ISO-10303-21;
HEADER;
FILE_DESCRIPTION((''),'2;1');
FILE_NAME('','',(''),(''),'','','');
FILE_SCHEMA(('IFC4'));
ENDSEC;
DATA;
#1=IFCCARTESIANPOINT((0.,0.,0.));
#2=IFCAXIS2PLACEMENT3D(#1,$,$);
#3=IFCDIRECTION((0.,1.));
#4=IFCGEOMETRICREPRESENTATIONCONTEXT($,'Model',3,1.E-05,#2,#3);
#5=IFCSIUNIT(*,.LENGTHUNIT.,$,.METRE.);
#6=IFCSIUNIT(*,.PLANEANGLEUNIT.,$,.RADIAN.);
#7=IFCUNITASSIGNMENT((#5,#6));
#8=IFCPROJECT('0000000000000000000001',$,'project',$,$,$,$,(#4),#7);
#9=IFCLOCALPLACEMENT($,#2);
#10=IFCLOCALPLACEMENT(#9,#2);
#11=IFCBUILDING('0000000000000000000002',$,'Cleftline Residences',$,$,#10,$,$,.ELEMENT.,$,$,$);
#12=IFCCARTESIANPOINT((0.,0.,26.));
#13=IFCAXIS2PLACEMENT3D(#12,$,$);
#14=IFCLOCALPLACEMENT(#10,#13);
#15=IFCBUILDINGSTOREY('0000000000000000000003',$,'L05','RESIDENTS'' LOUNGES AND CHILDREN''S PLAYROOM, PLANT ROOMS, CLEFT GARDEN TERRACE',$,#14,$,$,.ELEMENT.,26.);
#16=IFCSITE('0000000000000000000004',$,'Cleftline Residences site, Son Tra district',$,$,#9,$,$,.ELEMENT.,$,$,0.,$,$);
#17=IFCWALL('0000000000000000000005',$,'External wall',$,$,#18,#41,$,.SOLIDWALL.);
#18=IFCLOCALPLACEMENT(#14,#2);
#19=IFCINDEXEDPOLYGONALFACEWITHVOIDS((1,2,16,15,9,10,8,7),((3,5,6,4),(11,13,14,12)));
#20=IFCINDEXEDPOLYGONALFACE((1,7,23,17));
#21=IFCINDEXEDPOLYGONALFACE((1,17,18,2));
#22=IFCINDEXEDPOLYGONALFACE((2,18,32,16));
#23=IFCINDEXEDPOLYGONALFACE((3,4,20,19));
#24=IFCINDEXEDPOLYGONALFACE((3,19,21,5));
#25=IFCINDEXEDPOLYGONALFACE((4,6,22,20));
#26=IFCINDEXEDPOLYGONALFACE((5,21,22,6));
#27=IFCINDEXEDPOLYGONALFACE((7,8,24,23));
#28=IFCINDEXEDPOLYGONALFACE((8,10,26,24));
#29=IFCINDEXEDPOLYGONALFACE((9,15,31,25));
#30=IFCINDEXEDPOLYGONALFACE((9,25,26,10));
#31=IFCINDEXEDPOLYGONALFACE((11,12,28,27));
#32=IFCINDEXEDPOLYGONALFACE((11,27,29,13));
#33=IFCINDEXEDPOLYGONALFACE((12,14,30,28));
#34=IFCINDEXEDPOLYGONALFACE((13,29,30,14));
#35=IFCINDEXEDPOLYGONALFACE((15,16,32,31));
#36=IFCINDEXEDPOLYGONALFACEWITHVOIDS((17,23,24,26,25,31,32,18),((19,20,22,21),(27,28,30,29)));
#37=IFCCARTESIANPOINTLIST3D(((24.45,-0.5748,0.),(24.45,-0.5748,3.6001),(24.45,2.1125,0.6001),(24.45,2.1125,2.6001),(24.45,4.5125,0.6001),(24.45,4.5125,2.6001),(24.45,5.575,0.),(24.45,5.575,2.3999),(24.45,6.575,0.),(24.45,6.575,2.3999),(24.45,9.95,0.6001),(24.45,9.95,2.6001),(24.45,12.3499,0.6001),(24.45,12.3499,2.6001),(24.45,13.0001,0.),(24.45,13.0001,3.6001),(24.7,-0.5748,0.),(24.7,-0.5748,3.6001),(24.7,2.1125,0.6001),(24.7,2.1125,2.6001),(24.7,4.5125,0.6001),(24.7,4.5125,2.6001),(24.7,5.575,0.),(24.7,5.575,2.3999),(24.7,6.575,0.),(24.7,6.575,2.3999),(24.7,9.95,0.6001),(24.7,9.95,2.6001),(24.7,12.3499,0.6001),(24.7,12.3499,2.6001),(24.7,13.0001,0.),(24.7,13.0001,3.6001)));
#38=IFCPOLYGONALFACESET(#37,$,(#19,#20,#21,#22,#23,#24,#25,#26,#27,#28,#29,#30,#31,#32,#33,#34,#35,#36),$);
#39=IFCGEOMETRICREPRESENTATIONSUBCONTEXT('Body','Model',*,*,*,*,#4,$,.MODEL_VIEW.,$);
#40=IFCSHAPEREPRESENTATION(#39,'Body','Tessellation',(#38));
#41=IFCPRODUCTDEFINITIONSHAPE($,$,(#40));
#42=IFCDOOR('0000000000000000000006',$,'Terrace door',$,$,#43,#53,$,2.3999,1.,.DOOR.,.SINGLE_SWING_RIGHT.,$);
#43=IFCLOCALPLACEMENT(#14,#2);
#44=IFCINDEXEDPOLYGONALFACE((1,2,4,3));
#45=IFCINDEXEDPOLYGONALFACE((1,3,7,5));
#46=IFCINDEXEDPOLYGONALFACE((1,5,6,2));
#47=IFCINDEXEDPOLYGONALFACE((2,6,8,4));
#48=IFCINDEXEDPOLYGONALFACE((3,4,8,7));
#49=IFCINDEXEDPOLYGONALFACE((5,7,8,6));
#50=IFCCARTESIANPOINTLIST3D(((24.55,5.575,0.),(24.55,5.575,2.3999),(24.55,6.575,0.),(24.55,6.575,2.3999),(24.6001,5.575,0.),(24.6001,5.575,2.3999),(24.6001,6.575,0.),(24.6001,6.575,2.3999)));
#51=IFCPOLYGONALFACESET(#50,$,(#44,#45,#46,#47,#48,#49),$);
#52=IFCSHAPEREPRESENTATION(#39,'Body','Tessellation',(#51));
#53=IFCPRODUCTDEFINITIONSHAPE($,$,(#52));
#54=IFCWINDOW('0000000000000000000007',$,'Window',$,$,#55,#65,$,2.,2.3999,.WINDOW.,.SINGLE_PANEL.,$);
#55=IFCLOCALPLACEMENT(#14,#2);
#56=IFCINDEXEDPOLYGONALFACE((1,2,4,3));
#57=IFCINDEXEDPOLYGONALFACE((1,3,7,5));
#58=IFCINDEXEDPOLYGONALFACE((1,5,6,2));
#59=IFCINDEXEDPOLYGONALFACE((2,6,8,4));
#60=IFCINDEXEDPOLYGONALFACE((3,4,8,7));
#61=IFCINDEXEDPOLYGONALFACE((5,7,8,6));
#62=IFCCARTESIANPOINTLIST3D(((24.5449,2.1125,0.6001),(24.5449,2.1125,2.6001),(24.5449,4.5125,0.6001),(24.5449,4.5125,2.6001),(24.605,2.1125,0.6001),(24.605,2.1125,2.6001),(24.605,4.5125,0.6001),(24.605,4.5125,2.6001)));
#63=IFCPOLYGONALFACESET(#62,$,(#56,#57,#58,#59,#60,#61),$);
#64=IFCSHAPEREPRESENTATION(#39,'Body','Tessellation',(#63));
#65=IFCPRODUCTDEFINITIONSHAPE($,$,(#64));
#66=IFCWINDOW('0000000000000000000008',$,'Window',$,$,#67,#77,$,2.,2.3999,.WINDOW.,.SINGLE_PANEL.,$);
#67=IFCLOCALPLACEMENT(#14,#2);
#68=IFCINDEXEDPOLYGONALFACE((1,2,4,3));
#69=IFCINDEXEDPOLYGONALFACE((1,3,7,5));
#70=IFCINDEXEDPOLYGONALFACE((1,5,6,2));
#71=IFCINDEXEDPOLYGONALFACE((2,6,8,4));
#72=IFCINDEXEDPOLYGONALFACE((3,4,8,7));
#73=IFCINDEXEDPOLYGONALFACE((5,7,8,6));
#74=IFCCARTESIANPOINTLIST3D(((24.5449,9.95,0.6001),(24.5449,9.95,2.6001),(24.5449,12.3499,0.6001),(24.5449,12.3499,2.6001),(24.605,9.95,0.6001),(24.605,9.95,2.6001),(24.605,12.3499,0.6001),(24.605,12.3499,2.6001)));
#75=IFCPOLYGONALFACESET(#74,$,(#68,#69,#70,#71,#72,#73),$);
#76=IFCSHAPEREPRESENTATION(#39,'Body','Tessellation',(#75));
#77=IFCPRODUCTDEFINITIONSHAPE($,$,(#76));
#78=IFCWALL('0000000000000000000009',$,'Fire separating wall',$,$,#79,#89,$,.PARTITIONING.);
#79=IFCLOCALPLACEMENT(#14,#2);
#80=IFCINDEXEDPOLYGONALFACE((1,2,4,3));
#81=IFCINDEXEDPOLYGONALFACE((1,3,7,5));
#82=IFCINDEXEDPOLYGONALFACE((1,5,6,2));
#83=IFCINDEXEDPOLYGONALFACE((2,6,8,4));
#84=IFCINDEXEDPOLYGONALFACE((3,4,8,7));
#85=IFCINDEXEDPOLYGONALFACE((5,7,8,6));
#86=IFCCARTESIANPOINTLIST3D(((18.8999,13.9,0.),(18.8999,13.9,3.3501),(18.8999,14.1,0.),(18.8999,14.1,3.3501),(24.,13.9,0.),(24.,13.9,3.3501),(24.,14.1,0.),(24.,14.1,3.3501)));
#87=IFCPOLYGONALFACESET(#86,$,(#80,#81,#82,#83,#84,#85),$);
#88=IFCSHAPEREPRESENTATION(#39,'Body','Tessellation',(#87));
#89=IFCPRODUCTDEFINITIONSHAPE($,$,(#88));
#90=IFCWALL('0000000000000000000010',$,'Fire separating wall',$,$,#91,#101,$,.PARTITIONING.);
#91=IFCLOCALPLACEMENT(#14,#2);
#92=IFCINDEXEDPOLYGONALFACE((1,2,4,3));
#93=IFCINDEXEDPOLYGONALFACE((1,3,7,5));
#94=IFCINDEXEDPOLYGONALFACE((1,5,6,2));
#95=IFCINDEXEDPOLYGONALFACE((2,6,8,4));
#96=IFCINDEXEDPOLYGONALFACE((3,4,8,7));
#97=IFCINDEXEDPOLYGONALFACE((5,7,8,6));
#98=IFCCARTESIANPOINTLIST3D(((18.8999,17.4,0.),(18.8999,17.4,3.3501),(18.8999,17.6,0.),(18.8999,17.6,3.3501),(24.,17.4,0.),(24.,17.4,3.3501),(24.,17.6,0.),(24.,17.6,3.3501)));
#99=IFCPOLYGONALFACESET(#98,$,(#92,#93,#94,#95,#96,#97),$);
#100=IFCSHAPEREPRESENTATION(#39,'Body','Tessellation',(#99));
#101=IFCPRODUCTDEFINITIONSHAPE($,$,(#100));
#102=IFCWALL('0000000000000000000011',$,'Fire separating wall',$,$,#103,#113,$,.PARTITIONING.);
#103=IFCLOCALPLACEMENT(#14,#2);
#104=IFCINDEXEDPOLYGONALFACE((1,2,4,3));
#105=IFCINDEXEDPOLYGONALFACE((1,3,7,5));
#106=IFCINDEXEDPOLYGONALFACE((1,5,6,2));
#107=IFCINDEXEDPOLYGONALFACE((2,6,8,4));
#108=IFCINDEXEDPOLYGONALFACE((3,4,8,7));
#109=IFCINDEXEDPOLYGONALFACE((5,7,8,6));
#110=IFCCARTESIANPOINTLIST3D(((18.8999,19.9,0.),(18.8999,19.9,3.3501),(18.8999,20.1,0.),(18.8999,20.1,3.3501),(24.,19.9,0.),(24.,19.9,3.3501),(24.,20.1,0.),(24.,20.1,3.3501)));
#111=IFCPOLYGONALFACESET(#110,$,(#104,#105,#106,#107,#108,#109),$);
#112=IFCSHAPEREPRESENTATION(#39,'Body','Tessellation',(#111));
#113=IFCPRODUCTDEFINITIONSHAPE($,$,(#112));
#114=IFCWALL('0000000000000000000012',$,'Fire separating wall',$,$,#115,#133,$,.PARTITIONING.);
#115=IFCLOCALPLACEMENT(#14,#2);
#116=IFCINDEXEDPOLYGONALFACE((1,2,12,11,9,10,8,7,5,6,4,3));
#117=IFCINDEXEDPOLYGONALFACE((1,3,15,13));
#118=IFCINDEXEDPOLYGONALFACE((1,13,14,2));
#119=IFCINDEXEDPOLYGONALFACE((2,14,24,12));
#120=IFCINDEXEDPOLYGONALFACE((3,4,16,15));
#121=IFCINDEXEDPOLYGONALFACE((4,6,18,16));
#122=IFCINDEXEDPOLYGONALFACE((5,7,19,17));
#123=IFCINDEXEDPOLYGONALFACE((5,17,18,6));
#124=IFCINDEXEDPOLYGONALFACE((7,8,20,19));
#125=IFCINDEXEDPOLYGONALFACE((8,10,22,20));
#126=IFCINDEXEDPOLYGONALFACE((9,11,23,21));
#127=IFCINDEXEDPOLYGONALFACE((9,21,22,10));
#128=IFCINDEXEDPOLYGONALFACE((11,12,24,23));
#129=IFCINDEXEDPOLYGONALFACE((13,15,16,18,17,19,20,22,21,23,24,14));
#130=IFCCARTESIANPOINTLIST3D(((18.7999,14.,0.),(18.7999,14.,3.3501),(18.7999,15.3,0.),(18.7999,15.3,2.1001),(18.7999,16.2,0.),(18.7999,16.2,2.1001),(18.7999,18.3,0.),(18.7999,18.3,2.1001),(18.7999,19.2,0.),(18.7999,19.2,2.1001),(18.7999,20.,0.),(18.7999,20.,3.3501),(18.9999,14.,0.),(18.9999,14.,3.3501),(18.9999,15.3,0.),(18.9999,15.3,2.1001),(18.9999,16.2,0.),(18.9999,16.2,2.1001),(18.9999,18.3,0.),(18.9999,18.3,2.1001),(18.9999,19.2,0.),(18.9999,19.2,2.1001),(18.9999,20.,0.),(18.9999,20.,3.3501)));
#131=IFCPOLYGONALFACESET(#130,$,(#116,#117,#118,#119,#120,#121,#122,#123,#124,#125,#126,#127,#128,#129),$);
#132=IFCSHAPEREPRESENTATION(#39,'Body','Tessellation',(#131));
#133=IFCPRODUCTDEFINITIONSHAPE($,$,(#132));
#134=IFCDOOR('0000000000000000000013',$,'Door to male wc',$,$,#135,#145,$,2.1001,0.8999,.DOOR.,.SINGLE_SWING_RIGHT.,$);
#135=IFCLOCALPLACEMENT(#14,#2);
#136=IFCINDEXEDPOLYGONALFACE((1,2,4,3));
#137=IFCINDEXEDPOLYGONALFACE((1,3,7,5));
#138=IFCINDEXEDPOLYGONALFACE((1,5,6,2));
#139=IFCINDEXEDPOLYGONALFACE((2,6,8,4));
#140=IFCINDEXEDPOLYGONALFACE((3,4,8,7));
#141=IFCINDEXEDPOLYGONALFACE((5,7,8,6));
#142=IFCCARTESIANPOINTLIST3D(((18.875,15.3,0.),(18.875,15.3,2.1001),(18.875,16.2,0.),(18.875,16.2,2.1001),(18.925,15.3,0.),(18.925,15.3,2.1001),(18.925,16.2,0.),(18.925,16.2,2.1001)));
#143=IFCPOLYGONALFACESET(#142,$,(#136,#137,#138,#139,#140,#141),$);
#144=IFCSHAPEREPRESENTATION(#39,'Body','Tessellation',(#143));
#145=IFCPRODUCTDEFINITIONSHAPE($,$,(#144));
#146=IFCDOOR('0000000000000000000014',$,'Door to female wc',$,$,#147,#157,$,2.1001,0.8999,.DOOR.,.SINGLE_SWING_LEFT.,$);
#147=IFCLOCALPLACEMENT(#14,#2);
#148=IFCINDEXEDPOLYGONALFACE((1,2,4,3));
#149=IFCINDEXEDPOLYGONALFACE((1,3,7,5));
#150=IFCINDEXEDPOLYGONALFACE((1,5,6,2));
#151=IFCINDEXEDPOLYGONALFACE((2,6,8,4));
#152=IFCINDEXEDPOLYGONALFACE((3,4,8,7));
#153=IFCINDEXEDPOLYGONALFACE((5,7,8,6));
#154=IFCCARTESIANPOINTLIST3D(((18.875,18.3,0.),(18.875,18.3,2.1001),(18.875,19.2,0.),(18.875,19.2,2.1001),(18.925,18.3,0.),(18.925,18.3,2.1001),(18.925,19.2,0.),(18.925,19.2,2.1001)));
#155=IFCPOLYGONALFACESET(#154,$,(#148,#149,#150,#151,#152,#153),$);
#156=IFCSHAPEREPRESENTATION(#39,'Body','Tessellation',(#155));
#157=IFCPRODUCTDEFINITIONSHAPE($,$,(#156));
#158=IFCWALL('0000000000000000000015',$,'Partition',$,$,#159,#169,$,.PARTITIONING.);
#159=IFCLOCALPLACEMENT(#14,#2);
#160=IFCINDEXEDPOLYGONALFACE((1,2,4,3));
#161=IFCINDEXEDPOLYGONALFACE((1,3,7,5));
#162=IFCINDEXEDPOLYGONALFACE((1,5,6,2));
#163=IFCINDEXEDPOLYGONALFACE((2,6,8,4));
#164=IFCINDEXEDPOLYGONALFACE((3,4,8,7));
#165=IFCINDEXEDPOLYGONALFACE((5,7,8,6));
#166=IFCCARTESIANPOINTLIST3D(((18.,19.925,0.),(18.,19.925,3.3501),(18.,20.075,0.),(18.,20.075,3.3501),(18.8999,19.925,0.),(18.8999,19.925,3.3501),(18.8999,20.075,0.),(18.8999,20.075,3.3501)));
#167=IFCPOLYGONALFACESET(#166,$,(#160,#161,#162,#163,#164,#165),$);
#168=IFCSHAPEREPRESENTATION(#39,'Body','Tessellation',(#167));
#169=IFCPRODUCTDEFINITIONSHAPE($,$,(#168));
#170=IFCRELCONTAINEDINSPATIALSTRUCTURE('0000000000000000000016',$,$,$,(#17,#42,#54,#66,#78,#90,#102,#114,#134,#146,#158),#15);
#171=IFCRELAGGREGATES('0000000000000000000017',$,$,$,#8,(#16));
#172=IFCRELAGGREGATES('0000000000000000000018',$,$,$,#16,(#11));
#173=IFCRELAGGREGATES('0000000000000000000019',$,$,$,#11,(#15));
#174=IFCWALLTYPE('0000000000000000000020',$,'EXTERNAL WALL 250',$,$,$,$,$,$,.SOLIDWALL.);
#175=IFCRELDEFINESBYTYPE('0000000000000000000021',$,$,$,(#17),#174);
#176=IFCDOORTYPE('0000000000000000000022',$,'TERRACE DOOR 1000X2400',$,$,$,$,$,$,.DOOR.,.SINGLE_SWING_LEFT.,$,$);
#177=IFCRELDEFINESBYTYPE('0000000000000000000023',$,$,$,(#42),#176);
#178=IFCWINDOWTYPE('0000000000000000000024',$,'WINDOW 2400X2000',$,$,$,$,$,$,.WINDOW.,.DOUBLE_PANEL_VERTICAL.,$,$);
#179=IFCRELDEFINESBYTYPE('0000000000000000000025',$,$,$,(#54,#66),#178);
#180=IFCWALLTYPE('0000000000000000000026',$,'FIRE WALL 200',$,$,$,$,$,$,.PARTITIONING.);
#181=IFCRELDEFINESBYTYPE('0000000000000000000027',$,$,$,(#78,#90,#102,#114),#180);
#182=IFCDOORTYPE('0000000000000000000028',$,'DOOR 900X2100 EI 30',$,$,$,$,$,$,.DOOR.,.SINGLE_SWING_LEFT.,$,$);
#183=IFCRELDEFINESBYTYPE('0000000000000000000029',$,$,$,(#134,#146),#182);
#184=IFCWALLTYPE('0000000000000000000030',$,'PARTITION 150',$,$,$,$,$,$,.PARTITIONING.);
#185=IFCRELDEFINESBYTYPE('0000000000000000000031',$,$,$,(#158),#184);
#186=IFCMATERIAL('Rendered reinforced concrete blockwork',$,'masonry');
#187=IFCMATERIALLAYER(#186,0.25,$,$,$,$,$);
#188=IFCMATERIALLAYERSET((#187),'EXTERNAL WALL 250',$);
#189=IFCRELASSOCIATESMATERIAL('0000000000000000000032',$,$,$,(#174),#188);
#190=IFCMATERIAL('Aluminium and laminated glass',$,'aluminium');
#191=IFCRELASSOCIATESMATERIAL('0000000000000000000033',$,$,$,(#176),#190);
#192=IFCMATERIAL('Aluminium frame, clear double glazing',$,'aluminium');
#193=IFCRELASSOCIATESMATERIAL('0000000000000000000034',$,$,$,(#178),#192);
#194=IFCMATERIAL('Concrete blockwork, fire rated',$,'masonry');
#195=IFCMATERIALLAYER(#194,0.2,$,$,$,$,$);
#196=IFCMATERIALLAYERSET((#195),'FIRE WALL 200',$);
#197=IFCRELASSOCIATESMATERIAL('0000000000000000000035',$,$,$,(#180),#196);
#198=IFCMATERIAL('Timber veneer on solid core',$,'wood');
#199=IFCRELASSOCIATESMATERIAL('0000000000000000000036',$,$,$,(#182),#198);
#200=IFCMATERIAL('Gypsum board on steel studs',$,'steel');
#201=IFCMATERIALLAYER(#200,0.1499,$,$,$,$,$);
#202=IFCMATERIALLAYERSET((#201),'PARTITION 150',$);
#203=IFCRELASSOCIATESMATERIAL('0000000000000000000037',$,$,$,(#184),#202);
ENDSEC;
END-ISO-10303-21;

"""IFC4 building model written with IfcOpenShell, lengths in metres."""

from ifc_helpers import new_model, si_unit, direction, frame, frame_2d, origin, place, context, subcontext, project, spatial, rectangle, extrude, material, layer, layer_set, type_object, element, fill, save


model = new_model("IFC4")

# Units and contexts
model_context = context("Model", 3, precision=1e-05, world=origin(), true_north=direction((0.0, 1.0)))
body_context = subcontext(model_context, "Body", "Model", "MODEL_VIEW")
ifc_project = project(units=[si_unit("LENGTHUNIT", "METRE"), si_unit("PLANEANGLEUNIT", "RADIAN")], contexts=[model_context])

# Site, building, storey
site_placement = place(None, origin())
site = spatial("IfcSite", under=ifc_project, at=site_placement, Name="Cleftline Residences site, Son Tra district", CompositionType="ELEMENT", RefElevation=0.0)
building_placement = place(site_placement, origin())
building = spatial("IfcBuilding", under=site, at=building_placement, Name="Cleftline Residences", CompositionType="ELEMENT")
storey_placement = place(building_placement, frame((0.0, 0.0, 26.0)))
storey = spatial("IfcBuildingStorey", under=building, at=storey_placement, Name="L05", Description="RESIDENTS' LOUNGES AND CHILDREN'S PLAYROOM, PLANT ROOMS, CLEFT GARDEN TERRACE", CompositionType="ELEMENT", Elevation=26.0)

# Wall, openings, door, windows
ifc_material_1 = material(Name="Rendered reinforced concrete blockwork", Category="masonry")
ifc_layer_1 = layer(ifc_material_1, 0.25)
ifc_layer_set_1 = layer_set([ifc_layer_1], Name="EXTERNAL WALL 250")
wall_type_1 = type_object("IfcWallType", Name="EXTERNAL WALL 250", PredefinedType="SOLIDWALL", material=ifc_layer_set_1)
wall_1_placement = place(storey_placement, frame((24.575, -0.575, 0.0), z_axis=(0.0, 0.0, 1.0), x_axis=(0.0, 1.0, 0.0)))
wall_1 = element("IfcWall", 1, at=wall_1_placement, inside=storey, type_object=wall_type_1, Name="External wall", PredefinedType="SOLIDWALL", context=body_context, shape_type="SweptSolid", body=[
    extrude(rectangle(XDim=13.575, YDim=0.25, at=frame_2d((6.7876, 0.0))), origin(), (0.0, 0.0, 1.0), 3.6001),
])
opening_1_placement = place(wall_1_placement, frame((6.1499, 0.0, 0.0)))
opening_1 = element("IfcOpeningElement", 2, at=opening_1_placement, cuts=wall_1, PredefinedType="OPENING", context=body_context, shape_type="SweptSolid", body=[
    extrude(rectangle(XDim=1.0, YDim=2.3999, at=frame_2d((0.5, 1.2))), frame((0.0, 0.135, 0.0), z_axis=(0.0, -1.0, 0.0), x_axis=(1.0, 0.0, 0.0)), (0.0, 0.0, 1.0), 0.27),
])
opening_2_placement = place(wall_1_placement, frame((2.6875, 0.0, 0.6001)))
opening_2 = element("IfcOpeningElement", 3, at=opening_2_placement, cuts=wall_1, PredefinedType="OPENING", context=body_context, shape_type="SweptSolid", body=[
    extrude(rectangle(XDim=2.3999, YDim=2.0, at=frame_2d((1.2, 1.0))), frame((0.0, 0.135, 0.0), z_axis=(0.0, -1.0, 0.0), x_axis=(1.0, 0.0, 0.0)), (0.0, 0.0, 1.0), 0.27),
])
opening_3_placement = place(wall_1_placement, frame((10.5249, 0.0, 0.6001)))
opening_3 = element("IfcOpeningElement", 4, at=opening_3_placement, cuts=wall_1, PredefinedType="OPENING", context=body_context, shape_type="SweptSolid", body=[
    extrude(rectangle(XDim=2.3999, YDim=2.0, at=frame_2d((1.2, 1.0))), frame((0.0, 0.135, 0.0), z_axis=(0.0, -1.0, 0.0), x_axis=(1.0, 0.0, 0.0)), (0.0, 0.0, 1.0), 0.27),
])
ifc_material_2 = material(Name="Aluminium and laminated glass", Category="aluminium")
door_type_1 = type_object("IfcDoorType", Name="TERRACE DOOR 1000X2400", OperationType="SINGLE_SWING_LEFT", PredefinedType="DOOR", material=ifc_material_2)
door_1_placement = place(opening_1_placement, origin())
door_1 = element("IfcDoor", 5, at=door_1_placement, inside=storey, type_object=door_type_1, Name="Terrace door", OperationType="SINGLE_SWING_RIGHT", OverallHeight=2.3999, OverallWidth=1.0, PredefinedType="DOOR", context=body_context, shape_type="SweptSolid", body=[
    extrude(rectangle(XDim=1.0, YDim=2.3999, at=frame_2d((0.5, 1.2))), frame((0.0, 0.0249, 0.0), z_axis=(0.0, -1.0, 0.0), x_axis=(1.0, 0.0, 0.0)), (0.0, 0.0, 1.0), 0.05),
])
fill(opening_1, door_1)
ifc_material_3 = material(Name="Aluminium frame, clear double glazing", Category="aluminium")
window_type = type_object("IfcWindowType", Name="WINDOW 2400X2000", PartitioningType="DOUBLE_PANEL_VERTICAL", PredefinedType="WINDOW", material=ifc_material_3)
window_1_placement = place(opening_2_placement, origin())
window_1 = element("IfcWindow", 6, at=window_1_placement, inside=storey, type_object=window_type, Name="Window", OverallHeight=2.0, OverallWidth=2.3999, PartitioningType="SINGLE_PANEL", PredefinedType="WINDOW", context=body_context, shape_type="SweptSolid", body=[
    extrude(rectangle(XDim=2.3999, YDim=2.0, at=frame_2d((1.2, 1.0))), frame((0.0, 0.03, 0.0), z_axis=(0.0, -1.0, 0.0), x_axis=(1.0, 0.0, 0.0)), (0.0, 0.0, 1.0), 0.0601),
])
fill(opening_2, window_1)
window_2_placement = place(opening_3_placement, origin())
window_2 = element("IfcWindow", 7, at=window_2_placement, inside=storey, type_object=window_type, Name="Window", OverallHeight=2.0, OverallWidth=2.3999, PartitioningType="SINGLE_PANEL", PredefinedType="WINDOW", context=body_context, shape_type="SweptSolid", body=[
    extrude(rectangle(XDim=2.3999, YDim=2.0, at=frame_2d((1.2, 1.0))), frame((0.0, 0.03, 0.0), z_axis=(0.0, -1.0, 0.0), x_axis=(1.0, 0.0, 0.0)), (0.0, 0.0, 1.0), 0.0601),
])
fill(opening_3, window_2)

# Walls
ifc_material_4 = material(Name="Concrete blockwork, fire rated", Category="masonry")
ifc_layer_2 = layer(ifc_material_4, 0.2)
ifc_layer_set_2 = layer_set([ifc_layer_2], Name="FIRE WALL 200")
wall_type_2 = type_object("IfcWallType", Name="FIRE WALL 200", PredefinedType="PARTITIONING", material=ifc_layer_set_2)
for number, where, z_axis, x_axis, name in (
    (8, (18.8999, 14.0, 0.0), (0.0, 0.0, 1.0), (1.0, 0.0, 0.0), "Fire separating wall"),
    (9, (18.8999, 17.5, 0.0), (0.0, 0.0, 1.0), (1.0, 0.0, 0.0), "Fire separating wall"),
    (10, (18.8999, 20.0, 0.0), (0.0, 0.0, 1.0), (1.0, 0.0, 0.0), "Fire separating wall"),
):
    element("IfcWall", number, at=place(storey_placement, frame(where, z_axis=z_axis, x_axis=x_axis)), inside=storey, type_object=wall_type_2, Name=name, PredefinedType="PARTITIONING", context=body_context, shape_type="SweptSolid", body=[
        extrude(rectangle(XDim=5.1001, YDim=0.2, at=frame_2d((2.55, 0.0))), origin(), (0.0, 0.0, 1.0), 3.3501),
    ])

# Wall, openings, doors
wall_2_placement = place(storey_placement, frame((18.8999, 14.0, 0.0), z_axis=(0.0, 0.0, 1.0), x_axis=(0.0, 1.0, 0.0)))
wall_2 = element("IfcWall", 11, at=wall_2_placement, inside=storey, type_object=wall_type_2, Name="Fire separating wall", PredefinedType="PARTITIONING", context=body_context, shape_type="SweptSolid", body=[
    extrude(rectangle(XDim=6.0, YDim=0.2, at=frame_2d((3.0, 0.0))), origin(), (0.0, 0.0, 1.0), 3.3501),
])
opening_4_placement = place(wall_2_placement, frame((1.3, 0.0, 0.0)))
opening_4 = element("IfcOpeningElement", 12, at=opening_4_placement, cuts=wall_2, PredefinedType="OPENING", context=body_context, shape_type="SweptSolid", body=[
    extrude(rectangle(XDim=0.8999, YDim=2.1001, at=frame_2d((0.45, 1.05))), frame((0.0, 0.1099, 0.0), z_axis=(0.0, -1.0, 0.0), x_axis=(1.0, 0.0, 0.0)), (0.0, 0.0, 1.0), 0.22),
])
opening_5_placement = place(wall_2_placement, frame((4.3, 0.0, 0.0)))
opening_5 = element("IfcOpeningElement", 13, at=opening_5_placement, cuts=wall_2, PredefinedType="OPENING", context=body_context, shape_type="SweptSolid", body=[
    extrude(rectangle(XDim=0.8999, YDim=2.1001, at=frame_2d((0.45, 1.05))), frame((0.0, 0.1099, 0.0), z_axis=(0.0, -1.0, 0.0), x_axis=(1.0, 0.0, 0.0)), (0.0, 0.0, 1.0), 0.22),
])
ifc_material_5 = material(Name="Timber veneer on solid core", Category="wood")
door_type_2 = type_object("IfcDoorType", Name="DOOR 900X2100 EI 30", OperationType="SINGLE_SWING_LEFT", PredefinedType="DOOR", material=ifc_material_5)
door_2_placement = place(opening_4_placement, origin())
door_2 = element("IfcDoor", 14, at=door_2_placement, inside=storey, type_object=door_type_2, Name="Door to male wc", OperationType="SINGLE_SWING_RIGHT", OverallHeight=2.1001, OverallWidth=0.8999, PredefinedType="DOOR", context=body_context, shape_type="SweptSolid", body=[
    extrude(rectangle(XDim=0.8999, YDim=2.1001, at=frame_2d((0.45, 1.05))), frame((0.0, 0.0249, 0.0), z_axis=(0.0, -1.0, 0.0), x_axis=(1.0, 0.0, 0.0)), (0.0, 0.0, 1.0), 0.05),
])
fill(opening_4, door_2)
door_3_placement = place(opening_5_placement, origin())
door_3 = element("IfcDoor", 15, at=door_3_placement, inside=storey, type_object=door_type_2, Name="Door to female wc", OperationType="SINGLE_SWING_LEFT", OverallHeight=2.1001, OverallWidth=0.8999, PredefinedType="DOOR", context=body_context, shape_type="SweptSolid", body=[
    extrude(rectangle(XDim=0.8999, YDim=2.1001, at=frame_2d((0.45, 1.05))), frame((0.0, 0.0249, 0.0), z_axis=(0.0, -1.0, 0.0), x_axis=(1.0, 0.0, 0.0)), (0.0, 0.0, 1.0), 0.05),
])
fill(opening_5, door_3)

# Wall
ifc_material_6 = material(Name="Gypsum board on steel studs", Category="steel")
ifc_layer_3 = layer(ifc_material_6, 0.1499)
ifc_layer_set_3 = layer_set([ifc_layer_3], Name="PARTITION 150")
wall_type_3 = type_object("IfcWallType", Name="PARTITION 150", PredefinedType="PARTITIONING", material=ifc_layer_set_3)
wall_3_placement = place(storey_placement, frame((18.0, 20.0, 0.0), z_axis=(0.0, 0.0, 1.0), x_axis=(1.0, 0.0, 0.0)))
element("IfcWall", 16, at=wall_3_placement, inside=storey, type_object=wall_type_3, Name="Partition", PredefinedType="PARTITIONING", context=body_context, shape_type="SweptSolid", body=[
    extrude(rectangle(XDim=0.8999, YDim=0.1499, at=frame_2d((0.45, 0.0))), origin(), (0.0, 0.0, 1.0), 3.3501),
])

save(model, "model.ifc")
